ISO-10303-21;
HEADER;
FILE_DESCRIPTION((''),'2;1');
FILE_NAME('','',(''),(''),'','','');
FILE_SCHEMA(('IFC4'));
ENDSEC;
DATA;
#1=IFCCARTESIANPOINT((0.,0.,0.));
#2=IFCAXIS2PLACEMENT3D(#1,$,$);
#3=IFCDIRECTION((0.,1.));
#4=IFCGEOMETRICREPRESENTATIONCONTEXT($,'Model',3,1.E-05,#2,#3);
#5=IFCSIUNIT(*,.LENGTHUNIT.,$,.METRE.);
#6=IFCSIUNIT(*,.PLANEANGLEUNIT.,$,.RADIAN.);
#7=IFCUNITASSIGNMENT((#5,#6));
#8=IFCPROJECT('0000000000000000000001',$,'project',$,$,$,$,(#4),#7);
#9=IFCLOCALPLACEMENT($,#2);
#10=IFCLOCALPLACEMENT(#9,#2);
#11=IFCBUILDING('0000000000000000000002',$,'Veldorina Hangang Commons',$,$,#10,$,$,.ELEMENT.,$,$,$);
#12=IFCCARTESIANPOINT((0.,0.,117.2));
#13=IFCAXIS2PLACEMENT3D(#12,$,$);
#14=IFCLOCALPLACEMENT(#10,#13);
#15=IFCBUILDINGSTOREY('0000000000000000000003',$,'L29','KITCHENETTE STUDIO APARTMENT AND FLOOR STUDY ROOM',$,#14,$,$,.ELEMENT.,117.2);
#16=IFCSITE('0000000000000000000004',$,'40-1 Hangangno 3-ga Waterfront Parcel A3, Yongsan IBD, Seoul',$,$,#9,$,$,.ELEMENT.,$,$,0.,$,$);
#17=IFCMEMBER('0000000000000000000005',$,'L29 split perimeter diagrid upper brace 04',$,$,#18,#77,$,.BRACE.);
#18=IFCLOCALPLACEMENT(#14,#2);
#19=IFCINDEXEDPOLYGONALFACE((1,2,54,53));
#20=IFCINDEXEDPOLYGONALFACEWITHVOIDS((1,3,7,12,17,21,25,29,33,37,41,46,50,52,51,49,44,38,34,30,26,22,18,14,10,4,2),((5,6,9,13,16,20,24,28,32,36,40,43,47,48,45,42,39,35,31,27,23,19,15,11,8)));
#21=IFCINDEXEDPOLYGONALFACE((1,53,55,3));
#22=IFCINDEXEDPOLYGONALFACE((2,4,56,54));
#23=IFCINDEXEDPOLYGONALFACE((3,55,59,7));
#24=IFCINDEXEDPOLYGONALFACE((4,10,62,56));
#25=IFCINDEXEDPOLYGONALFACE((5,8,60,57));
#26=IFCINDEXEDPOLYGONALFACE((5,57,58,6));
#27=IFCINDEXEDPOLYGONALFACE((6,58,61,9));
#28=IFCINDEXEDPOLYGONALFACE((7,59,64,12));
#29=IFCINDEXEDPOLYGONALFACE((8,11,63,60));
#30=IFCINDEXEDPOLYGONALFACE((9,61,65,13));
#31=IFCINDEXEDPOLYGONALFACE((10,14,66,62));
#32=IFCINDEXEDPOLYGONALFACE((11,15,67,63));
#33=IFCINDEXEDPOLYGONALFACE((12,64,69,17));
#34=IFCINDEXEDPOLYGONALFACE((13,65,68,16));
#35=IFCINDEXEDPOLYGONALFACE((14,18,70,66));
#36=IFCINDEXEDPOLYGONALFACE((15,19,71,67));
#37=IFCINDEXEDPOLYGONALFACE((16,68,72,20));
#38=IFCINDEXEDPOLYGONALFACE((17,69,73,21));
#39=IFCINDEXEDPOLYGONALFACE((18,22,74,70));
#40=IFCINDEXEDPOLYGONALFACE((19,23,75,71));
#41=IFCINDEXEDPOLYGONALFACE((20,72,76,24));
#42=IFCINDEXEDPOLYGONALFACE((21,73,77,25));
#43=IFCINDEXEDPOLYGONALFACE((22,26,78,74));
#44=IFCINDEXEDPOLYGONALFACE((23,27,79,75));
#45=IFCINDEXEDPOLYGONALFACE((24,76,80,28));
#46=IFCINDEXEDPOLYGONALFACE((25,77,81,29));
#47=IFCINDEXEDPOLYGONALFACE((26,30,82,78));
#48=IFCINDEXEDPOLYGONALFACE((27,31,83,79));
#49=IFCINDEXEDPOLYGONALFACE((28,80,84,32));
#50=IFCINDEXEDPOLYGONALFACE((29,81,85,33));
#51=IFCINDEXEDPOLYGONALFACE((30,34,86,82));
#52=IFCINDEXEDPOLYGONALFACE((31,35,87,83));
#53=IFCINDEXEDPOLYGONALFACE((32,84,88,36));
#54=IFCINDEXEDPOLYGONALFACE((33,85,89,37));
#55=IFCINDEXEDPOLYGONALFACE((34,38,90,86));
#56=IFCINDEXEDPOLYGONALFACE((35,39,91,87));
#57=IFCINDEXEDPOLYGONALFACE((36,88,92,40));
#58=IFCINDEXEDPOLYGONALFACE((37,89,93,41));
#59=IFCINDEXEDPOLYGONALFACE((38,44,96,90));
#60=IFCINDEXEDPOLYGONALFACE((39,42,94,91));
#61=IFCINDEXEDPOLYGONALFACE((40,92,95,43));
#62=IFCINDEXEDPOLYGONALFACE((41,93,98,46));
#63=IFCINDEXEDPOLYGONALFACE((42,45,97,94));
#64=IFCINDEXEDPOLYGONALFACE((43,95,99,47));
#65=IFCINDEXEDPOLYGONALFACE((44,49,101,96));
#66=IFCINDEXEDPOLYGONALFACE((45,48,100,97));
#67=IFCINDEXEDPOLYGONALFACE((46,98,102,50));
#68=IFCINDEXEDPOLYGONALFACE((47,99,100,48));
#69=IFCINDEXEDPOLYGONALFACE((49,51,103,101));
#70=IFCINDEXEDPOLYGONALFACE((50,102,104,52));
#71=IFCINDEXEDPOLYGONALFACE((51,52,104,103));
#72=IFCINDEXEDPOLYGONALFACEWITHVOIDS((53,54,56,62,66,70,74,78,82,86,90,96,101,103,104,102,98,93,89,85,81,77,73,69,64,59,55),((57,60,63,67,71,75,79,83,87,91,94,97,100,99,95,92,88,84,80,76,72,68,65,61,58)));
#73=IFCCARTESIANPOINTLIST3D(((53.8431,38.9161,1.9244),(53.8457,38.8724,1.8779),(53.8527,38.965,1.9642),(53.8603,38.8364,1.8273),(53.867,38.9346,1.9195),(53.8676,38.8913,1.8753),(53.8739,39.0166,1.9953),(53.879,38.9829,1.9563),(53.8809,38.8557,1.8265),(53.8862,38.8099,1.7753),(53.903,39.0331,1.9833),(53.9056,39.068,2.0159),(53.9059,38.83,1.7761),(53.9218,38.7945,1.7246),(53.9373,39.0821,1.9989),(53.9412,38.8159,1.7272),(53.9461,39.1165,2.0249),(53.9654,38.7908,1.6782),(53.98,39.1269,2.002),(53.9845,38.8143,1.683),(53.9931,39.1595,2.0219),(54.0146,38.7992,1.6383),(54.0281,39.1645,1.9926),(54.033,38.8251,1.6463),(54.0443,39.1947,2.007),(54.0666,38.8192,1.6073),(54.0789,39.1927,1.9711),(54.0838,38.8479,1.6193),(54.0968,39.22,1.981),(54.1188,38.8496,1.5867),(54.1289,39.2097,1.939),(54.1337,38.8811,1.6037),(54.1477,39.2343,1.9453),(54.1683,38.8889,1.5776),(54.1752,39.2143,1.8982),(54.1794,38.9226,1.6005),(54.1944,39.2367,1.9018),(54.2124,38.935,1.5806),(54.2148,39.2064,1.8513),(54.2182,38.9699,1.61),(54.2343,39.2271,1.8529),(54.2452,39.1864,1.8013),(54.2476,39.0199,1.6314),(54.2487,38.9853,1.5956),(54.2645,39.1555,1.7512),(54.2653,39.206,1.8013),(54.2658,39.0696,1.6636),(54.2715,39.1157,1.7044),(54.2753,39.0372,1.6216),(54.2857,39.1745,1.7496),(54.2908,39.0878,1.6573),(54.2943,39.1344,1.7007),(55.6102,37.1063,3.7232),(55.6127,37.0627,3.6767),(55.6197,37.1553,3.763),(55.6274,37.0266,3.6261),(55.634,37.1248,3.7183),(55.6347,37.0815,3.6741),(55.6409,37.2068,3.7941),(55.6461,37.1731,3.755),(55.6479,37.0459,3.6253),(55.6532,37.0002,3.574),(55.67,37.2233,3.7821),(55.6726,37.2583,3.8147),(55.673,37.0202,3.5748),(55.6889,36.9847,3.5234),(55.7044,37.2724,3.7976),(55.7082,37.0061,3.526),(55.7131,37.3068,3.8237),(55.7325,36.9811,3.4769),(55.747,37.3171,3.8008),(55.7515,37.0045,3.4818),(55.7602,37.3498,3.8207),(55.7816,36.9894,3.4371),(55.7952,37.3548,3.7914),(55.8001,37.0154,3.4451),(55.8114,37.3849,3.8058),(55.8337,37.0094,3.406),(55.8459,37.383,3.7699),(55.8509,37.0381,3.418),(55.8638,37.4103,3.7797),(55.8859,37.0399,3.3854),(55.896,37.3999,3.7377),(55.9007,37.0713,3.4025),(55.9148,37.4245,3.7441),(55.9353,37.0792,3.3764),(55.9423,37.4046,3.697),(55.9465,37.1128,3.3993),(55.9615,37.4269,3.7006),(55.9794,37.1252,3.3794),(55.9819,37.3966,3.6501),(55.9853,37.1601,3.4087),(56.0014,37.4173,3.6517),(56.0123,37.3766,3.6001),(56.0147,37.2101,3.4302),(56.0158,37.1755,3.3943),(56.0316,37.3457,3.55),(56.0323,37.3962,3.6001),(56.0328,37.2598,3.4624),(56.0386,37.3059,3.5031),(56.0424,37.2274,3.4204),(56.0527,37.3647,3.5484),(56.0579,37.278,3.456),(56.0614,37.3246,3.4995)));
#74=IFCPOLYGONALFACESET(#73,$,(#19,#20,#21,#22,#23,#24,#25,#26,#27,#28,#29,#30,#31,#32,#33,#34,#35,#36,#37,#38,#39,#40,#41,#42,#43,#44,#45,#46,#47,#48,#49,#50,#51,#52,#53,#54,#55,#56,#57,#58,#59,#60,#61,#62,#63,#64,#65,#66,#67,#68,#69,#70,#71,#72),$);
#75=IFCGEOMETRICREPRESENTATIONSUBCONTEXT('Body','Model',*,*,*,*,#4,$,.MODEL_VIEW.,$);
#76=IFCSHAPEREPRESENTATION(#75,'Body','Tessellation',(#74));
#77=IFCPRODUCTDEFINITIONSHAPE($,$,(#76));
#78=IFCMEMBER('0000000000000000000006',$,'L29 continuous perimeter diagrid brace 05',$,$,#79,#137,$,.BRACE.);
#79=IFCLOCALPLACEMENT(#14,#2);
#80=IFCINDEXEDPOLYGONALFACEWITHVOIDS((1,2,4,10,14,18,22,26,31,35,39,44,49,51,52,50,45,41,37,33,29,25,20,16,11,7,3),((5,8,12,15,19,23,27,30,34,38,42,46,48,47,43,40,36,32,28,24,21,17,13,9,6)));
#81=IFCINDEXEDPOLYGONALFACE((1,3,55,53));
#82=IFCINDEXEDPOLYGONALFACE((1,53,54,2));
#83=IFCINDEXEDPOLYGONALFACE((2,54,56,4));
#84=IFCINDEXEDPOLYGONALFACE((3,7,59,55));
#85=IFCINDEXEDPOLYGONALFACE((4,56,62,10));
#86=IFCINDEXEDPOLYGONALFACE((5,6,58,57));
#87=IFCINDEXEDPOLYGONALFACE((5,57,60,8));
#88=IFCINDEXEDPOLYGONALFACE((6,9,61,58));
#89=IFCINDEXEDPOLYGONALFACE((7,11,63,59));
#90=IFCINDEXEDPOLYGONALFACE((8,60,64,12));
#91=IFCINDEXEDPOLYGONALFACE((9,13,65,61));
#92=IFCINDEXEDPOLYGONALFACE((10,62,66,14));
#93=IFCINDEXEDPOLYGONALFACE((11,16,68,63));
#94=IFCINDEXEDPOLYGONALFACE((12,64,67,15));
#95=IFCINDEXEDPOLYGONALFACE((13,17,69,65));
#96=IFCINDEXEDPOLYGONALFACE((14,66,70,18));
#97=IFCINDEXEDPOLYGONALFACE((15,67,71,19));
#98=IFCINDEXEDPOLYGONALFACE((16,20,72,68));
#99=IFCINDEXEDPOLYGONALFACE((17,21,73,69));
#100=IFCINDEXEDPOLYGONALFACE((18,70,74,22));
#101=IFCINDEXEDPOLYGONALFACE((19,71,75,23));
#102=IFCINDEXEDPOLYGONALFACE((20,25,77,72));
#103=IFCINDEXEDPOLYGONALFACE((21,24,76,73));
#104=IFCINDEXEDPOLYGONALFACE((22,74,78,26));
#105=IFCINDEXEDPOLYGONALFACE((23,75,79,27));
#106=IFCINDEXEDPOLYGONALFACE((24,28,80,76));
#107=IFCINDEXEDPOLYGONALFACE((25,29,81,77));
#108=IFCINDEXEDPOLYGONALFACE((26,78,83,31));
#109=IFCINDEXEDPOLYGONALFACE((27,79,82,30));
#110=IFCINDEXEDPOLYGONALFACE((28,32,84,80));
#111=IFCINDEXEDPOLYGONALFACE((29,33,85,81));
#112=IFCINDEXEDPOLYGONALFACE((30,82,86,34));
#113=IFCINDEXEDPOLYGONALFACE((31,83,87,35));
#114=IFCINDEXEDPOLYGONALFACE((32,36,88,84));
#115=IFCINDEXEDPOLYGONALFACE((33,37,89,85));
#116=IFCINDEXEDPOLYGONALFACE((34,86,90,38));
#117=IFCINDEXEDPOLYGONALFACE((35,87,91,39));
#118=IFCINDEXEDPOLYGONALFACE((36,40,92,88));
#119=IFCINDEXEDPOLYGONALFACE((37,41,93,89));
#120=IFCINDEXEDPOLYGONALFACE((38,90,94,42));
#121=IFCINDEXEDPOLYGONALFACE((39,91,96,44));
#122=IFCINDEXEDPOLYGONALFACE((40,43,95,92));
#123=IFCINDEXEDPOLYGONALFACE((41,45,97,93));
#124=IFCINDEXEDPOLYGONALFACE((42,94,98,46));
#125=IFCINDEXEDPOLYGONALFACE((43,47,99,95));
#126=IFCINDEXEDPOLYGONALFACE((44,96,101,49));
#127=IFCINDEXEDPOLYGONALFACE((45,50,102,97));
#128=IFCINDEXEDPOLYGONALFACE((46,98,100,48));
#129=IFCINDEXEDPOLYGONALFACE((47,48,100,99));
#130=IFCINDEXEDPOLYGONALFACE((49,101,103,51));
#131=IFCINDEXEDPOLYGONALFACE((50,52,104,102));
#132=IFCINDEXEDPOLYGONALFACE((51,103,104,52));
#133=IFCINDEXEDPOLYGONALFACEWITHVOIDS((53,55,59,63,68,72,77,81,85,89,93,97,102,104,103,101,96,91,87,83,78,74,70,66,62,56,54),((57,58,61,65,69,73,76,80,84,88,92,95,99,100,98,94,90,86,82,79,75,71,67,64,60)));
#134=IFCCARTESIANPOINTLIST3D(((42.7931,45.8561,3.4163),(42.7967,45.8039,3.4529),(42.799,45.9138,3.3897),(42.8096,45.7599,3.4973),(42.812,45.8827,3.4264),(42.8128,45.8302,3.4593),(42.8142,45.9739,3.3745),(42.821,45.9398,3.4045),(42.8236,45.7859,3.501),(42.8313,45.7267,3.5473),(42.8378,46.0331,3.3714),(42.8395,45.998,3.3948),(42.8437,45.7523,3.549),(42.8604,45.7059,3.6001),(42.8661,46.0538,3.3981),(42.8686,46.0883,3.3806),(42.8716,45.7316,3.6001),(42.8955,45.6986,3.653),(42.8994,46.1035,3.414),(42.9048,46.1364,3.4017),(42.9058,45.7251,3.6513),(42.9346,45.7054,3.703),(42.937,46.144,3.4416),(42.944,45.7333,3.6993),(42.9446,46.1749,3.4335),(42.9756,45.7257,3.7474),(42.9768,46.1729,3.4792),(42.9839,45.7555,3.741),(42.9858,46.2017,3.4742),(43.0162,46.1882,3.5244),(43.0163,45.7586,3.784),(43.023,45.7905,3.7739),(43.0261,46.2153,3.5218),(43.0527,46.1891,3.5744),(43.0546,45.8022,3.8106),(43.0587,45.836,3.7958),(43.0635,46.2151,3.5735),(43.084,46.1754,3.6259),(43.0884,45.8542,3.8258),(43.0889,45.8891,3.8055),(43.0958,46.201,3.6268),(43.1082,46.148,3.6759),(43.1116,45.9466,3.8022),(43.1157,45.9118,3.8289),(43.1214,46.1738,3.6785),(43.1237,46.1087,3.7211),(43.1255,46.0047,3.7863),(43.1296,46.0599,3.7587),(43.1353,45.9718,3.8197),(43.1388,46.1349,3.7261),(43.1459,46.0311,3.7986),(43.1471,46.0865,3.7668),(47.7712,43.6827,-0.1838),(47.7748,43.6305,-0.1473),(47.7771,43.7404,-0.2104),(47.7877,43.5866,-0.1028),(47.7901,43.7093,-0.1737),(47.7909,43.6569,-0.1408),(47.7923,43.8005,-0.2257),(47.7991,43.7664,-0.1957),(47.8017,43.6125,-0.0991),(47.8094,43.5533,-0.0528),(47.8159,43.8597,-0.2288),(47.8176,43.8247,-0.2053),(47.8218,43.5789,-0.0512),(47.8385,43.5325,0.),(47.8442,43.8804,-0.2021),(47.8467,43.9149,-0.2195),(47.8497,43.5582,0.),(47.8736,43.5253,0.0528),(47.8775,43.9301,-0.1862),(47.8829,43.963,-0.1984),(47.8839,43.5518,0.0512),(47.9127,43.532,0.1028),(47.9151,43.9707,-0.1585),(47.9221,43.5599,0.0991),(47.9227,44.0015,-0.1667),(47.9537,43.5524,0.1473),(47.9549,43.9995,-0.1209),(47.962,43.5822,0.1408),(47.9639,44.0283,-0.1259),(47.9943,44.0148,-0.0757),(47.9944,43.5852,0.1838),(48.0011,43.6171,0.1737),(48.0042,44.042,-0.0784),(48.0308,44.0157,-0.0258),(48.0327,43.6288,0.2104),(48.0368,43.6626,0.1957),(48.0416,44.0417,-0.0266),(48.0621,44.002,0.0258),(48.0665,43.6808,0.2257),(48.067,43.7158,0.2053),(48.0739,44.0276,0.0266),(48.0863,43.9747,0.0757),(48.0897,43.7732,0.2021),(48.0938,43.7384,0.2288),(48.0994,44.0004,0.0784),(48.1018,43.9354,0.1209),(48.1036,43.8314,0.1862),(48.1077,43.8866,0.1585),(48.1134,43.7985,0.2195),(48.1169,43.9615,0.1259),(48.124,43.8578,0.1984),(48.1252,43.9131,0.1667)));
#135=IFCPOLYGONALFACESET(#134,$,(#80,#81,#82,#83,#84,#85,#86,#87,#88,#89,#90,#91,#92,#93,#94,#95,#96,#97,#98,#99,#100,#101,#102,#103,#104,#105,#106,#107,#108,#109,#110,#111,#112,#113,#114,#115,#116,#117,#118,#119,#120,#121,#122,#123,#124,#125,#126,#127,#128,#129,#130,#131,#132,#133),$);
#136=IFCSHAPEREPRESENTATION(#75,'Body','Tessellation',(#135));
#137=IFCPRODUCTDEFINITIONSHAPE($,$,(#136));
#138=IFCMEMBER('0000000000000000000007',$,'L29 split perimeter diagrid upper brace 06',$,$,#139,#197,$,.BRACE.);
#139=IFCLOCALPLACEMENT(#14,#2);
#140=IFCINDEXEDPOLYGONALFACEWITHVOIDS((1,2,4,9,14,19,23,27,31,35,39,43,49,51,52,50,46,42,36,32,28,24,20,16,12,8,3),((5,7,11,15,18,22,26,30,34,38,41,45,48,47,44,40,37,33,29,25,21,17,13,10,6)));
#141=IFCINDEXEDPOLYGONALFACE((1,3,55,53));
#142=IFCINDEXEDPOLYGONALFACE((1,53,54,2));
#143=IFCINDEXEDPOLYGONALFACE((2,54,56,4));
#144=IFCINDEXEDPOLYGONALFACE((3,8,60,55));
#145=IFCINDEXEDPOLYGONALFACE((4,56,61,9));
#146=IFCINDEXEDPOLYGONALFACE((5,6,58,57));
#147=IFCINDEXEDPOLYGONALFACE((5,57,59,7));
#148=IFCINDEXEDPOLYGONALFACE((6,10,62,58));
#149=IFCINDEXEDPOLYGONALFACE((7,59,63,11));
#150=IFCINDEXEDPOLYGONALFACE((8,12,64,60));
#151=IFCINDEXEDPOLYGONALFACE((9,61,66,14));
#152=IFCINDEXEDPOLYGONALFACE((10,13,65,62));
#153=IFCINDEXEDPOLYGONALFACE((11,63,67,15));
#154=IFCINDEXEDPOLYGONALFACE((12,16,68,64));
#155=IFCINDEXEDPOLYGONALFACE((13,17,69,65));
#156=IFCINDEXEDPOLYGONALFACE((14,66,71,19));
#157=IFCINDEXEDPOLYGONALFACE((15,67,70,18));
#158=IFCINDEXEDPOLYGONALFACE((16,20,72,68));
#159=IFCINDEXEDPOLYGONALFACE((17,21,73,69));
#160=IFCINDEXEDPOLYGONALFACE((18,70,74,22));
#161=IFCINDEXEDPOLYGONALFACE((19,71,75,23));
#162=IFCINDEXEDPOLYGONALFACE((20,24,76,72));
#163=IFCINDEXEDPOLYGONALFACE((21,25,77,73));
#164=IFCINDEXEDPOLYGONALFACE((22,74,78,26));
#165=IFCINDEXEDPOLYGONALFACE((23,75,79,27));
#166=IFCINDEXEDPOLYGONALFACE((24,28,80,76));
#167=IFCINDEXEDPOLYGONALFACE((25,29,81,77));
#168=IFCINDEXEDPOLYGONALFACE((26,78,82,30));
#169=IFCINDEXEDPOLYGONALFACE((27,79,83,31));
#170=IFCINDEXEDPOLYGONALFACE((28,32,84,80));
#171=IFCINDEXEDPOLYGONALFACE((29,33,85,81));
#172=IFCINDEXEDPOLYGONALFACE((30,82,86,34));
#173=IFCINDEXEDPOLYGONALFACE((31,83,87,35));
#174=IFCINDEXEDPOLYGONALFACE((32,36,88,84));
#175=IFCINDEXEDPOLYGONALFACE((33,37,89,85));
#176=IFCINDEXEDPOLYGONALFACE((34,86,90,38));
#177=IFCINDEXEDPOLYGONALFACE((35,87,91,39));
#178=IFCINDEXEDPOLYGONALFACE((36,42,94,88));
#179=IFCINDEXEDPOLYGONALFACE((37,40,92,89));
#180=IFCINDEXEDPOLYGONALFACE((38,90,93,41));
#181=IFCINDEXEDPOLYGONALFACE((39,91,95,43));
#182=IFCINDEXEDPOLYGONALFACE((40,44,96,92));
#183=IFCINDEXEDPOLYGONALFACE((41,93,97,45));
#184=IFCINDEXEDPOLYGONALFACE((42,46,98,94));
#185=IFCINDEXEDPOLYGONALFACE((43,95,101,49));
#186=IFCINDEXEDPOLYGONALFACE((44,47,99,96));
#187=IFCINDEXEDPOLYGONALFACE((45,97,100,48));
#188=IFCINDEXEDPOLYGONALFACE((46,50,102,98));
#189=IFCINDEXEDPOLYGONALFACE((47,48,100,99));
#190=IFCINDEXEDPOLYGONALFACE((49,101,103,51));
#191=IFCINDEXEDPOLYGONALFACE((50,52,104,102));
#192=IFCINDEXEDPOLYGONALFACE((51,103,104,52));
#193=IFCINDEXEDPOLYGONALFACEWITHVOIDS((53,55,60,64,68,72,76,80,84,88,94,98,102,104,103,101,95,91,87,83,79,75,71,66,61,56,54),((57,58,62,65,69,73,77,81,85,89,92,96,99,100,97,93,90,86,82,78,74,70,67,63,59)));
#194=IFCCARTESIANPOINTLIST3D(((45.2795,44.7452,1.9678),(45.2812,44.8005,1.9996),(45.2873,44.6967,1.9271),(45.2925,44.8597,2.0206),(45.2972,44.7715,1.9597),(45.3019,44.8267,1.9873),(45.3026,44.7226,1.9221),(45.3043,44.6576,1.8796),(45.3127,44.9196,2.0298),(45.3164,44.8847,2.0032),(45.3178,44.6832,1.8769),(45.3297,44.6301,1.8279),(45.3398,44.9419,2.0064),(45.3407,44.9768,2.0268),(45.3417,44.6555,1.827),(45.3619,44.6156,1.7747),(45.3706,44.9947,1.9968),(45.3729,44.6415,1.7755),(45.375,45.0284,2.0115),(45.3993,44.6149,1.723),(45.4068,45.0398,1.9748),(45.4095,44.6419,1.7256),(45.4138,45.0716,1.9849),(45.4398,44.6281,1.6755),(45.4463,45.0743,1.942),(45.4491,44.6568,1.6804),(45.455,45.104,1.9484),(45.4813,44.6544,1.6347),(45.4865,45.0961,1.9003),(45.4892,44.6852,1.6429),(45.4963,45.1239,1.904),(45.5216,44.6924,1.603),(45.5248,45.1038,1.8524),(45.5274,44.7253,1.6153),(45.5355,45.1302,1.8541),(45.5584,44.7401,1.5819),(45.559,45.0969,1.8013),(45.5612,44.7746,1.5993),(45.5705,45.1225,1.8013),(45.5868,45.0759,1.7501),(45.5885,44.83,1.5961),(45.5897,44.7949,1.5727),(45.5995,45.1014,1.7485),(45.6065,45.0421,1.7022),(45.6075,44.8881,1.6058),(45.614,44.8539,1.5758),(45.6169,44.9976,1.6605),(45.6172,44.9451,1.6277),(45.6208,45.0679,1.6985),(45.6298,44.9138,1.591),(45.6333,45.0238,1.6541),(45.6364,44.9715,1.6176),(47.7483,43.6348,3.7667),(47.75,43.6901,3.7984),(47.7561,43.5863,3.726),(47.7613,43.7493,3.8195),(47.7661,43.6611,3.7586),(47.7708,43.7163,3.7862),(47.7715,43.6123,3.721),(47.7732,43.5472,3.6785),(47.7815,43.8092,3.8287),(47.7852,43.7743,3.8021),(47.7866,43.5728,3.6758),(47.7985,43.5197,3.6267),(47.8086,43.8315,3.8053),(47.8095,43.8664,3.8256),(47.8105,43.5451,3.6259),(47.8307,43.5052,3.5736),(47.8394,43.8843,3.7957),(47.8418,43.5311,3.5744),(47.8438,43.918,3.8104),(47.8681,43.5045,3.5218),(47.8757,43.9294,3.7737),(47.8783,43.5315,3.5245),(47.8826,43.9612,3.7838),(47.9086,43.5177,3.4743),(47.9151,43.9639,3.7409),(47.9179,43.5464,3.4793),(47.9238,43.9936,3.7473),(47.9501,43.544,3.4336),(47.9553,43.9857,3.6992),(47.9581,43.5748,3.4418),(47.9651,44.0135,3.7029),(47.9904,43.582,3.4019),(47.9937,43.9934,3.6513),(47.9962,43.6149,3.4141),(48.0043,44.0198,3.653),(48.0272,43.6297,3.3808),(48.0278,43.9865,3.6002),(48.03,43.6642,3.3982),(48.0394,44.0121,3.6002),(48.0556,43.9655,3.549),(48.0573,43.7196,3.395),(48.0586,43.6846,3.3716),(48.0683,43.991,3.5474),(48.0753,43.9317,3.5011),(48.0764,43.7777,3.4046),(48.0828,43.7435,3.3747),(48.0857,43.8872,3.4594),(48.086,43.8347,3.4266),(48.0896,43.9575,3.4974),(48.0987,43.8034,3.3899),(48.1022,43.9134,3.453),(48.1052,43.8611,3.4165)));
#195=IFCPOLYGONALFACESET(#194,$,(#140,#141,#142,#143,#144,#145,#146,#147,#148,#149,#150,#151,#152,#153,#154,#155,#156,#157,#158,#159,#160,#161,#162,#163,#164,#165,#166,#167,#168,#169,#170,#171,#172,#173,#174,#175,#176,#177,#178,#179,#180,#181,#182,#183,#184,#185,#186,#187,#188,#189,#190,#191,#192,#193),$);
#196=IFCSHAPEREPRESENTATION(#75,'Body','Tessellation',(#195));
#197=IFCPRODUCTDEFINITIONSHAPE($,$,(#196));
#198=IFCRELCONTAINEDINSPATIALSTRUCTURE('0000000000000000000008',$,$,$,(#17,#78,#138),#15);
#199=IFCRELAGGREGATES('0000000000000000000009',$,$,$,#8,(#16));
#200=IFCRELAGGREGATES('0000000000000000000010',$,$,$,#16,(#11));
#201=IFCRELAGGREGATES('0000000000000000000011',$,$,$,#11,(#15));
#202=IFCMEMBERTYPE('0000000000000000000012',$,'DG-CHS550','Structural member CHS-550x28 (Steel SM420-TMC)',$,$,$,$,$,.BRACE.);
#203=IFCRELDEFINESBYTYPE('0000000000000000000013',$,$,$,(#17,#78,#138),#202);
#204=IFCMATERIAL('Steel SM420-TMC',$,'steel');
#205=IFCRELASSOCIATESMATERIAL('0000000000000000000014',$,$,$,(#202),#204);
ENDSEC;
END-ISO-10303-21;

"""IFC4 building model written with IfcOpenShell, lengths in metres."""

from ifc_helpers import new_model, si_unit, direction, frame, origin, origin_2d, place, context, subcontext, project, spatial, hollow_circle, extrude, material, material_profile, profile_set, type_object, element, save


model = new_model("IFC4")

# Units and contexts
model_context = context("Model", 3, precision=1e-05, world=origin(), true_north=direction((0.0, 1.0)))
body_context = subcontext(model_context, "Body", "Model", "MODEL_VIEW")
ifc_project = project(units=[si_unit("LENGTHUNIT", "METRE"), si_unit("PLANEANGLEUNIT", "RADIAN")], contexts=[model_context])

# Site, building, storey
site_placement = place(None, origin())
site = spatial("IfcSite", under=ifc_project, at=site_placement, Name="40-1 Hangangno 3-ga Waterfront Parcel A3, Yongsan IBD, Seoul", CompositionType="ELEMENT", RefElevation=0.0)
building_placement = place(site_placement, origin())
building = spatial("IfcBuilding", under=site, at=building_placement, Name="Veldorina Hangang Commons", CompositionType="ELEMENT")
storey_placement = place(building_placement, frame((0.0, 0.0, 117.2)))
storey = spatial("IfcBuildingStorey", under=building, at=storey_placement, Name="L29", Description="KITCHENETTE STUDIO APARTMENT AND FLOOR STUDY ROOM", CompositionType="ELEMENT", Elevation=117.2)

# Shared definitions
ifc_material_1 = material(Name="Steel SM420-TMC", Category="steel")

# Members
ifc_material_profile_1 = material_profile(ifc_material_1, hollow_circle(Radius=0.2749, WallThickness=0.0281, at=origin_2d()), Name="CHS-550x28")
ifc_profile_set_1 = profile_set([ifc_material_profile_1], Name="Steel SM420-TMC")
member_type = type_object("IfcMemberType", Name="DG-CHS550", Description="Structural member CHS-550x28 (Steel SM420-TMC)", PredefinedType="BRACE", material=ifc_profile_set_1)
member_1_placement = place(storey_placement, frame((54.0686, 39.0139, 1.8013), z_axis=(0.569324, -0.583089, 0.579549), x_axis=(0.715502, 0.698611, 0.0)))
element("IfcMember", 1, at=member_1_placement, inside=storey, type_object=member_type, Name="L29 split perimeter diagrid upper brace 04", PredefinedType="BRACE", context=body_context, shape_type="SweptSolid", body=[
    extrude(hollow_circle(Radius=0.2749, WallThickness=0.0281, at=origin_2d()), origin(), (0.0, 0.0, 1.0), 3.1038),
])
member_2_placement = place(storey_placement, frame((47.9485, 43.7844, 0.0), z_axis=(-0.76391, 0.333513, 0.552458), x_axis=(-0.400116, -0.916464, 0.0)))
element("IfcMember", 2, at=member_2_placement, inside=storey, type_object=member_type, Name="L29 continuous perimeter diagrid brace 05", PredefinedType="BRACE", context=body_context, shape_type="SweptSolid", body=[
    extrude(hollow_circle(Radius=0.2749, WallThickness=0.0281, at=origin_2d()), origin(), (0.0, 0.0, 1.0), 6.5166),
])
member_3_placement = place(storey_placement, frame((45.4578, 44.8718, 1.8013), z_axis=(0.759583, -0.341632, 0.553462), x_axis=(0.410185, 0.912002, 0.0)))
element("IfcMember", 3, at=member_3_placement, inside=storey, type_object=member_type, Name="L29 split perimeter diagrid upper brace 06", PredefinedType="BRACE", context=body_context, shape_type="SweptSolid", body=[
    extrude(hollow_circle(Radius=0.2749, WallThickness=0.0281, at=origin_2d()), origin(), (0.0, 0.0, 1.0), 3.2502),
])

save(model, "model.ifc")
